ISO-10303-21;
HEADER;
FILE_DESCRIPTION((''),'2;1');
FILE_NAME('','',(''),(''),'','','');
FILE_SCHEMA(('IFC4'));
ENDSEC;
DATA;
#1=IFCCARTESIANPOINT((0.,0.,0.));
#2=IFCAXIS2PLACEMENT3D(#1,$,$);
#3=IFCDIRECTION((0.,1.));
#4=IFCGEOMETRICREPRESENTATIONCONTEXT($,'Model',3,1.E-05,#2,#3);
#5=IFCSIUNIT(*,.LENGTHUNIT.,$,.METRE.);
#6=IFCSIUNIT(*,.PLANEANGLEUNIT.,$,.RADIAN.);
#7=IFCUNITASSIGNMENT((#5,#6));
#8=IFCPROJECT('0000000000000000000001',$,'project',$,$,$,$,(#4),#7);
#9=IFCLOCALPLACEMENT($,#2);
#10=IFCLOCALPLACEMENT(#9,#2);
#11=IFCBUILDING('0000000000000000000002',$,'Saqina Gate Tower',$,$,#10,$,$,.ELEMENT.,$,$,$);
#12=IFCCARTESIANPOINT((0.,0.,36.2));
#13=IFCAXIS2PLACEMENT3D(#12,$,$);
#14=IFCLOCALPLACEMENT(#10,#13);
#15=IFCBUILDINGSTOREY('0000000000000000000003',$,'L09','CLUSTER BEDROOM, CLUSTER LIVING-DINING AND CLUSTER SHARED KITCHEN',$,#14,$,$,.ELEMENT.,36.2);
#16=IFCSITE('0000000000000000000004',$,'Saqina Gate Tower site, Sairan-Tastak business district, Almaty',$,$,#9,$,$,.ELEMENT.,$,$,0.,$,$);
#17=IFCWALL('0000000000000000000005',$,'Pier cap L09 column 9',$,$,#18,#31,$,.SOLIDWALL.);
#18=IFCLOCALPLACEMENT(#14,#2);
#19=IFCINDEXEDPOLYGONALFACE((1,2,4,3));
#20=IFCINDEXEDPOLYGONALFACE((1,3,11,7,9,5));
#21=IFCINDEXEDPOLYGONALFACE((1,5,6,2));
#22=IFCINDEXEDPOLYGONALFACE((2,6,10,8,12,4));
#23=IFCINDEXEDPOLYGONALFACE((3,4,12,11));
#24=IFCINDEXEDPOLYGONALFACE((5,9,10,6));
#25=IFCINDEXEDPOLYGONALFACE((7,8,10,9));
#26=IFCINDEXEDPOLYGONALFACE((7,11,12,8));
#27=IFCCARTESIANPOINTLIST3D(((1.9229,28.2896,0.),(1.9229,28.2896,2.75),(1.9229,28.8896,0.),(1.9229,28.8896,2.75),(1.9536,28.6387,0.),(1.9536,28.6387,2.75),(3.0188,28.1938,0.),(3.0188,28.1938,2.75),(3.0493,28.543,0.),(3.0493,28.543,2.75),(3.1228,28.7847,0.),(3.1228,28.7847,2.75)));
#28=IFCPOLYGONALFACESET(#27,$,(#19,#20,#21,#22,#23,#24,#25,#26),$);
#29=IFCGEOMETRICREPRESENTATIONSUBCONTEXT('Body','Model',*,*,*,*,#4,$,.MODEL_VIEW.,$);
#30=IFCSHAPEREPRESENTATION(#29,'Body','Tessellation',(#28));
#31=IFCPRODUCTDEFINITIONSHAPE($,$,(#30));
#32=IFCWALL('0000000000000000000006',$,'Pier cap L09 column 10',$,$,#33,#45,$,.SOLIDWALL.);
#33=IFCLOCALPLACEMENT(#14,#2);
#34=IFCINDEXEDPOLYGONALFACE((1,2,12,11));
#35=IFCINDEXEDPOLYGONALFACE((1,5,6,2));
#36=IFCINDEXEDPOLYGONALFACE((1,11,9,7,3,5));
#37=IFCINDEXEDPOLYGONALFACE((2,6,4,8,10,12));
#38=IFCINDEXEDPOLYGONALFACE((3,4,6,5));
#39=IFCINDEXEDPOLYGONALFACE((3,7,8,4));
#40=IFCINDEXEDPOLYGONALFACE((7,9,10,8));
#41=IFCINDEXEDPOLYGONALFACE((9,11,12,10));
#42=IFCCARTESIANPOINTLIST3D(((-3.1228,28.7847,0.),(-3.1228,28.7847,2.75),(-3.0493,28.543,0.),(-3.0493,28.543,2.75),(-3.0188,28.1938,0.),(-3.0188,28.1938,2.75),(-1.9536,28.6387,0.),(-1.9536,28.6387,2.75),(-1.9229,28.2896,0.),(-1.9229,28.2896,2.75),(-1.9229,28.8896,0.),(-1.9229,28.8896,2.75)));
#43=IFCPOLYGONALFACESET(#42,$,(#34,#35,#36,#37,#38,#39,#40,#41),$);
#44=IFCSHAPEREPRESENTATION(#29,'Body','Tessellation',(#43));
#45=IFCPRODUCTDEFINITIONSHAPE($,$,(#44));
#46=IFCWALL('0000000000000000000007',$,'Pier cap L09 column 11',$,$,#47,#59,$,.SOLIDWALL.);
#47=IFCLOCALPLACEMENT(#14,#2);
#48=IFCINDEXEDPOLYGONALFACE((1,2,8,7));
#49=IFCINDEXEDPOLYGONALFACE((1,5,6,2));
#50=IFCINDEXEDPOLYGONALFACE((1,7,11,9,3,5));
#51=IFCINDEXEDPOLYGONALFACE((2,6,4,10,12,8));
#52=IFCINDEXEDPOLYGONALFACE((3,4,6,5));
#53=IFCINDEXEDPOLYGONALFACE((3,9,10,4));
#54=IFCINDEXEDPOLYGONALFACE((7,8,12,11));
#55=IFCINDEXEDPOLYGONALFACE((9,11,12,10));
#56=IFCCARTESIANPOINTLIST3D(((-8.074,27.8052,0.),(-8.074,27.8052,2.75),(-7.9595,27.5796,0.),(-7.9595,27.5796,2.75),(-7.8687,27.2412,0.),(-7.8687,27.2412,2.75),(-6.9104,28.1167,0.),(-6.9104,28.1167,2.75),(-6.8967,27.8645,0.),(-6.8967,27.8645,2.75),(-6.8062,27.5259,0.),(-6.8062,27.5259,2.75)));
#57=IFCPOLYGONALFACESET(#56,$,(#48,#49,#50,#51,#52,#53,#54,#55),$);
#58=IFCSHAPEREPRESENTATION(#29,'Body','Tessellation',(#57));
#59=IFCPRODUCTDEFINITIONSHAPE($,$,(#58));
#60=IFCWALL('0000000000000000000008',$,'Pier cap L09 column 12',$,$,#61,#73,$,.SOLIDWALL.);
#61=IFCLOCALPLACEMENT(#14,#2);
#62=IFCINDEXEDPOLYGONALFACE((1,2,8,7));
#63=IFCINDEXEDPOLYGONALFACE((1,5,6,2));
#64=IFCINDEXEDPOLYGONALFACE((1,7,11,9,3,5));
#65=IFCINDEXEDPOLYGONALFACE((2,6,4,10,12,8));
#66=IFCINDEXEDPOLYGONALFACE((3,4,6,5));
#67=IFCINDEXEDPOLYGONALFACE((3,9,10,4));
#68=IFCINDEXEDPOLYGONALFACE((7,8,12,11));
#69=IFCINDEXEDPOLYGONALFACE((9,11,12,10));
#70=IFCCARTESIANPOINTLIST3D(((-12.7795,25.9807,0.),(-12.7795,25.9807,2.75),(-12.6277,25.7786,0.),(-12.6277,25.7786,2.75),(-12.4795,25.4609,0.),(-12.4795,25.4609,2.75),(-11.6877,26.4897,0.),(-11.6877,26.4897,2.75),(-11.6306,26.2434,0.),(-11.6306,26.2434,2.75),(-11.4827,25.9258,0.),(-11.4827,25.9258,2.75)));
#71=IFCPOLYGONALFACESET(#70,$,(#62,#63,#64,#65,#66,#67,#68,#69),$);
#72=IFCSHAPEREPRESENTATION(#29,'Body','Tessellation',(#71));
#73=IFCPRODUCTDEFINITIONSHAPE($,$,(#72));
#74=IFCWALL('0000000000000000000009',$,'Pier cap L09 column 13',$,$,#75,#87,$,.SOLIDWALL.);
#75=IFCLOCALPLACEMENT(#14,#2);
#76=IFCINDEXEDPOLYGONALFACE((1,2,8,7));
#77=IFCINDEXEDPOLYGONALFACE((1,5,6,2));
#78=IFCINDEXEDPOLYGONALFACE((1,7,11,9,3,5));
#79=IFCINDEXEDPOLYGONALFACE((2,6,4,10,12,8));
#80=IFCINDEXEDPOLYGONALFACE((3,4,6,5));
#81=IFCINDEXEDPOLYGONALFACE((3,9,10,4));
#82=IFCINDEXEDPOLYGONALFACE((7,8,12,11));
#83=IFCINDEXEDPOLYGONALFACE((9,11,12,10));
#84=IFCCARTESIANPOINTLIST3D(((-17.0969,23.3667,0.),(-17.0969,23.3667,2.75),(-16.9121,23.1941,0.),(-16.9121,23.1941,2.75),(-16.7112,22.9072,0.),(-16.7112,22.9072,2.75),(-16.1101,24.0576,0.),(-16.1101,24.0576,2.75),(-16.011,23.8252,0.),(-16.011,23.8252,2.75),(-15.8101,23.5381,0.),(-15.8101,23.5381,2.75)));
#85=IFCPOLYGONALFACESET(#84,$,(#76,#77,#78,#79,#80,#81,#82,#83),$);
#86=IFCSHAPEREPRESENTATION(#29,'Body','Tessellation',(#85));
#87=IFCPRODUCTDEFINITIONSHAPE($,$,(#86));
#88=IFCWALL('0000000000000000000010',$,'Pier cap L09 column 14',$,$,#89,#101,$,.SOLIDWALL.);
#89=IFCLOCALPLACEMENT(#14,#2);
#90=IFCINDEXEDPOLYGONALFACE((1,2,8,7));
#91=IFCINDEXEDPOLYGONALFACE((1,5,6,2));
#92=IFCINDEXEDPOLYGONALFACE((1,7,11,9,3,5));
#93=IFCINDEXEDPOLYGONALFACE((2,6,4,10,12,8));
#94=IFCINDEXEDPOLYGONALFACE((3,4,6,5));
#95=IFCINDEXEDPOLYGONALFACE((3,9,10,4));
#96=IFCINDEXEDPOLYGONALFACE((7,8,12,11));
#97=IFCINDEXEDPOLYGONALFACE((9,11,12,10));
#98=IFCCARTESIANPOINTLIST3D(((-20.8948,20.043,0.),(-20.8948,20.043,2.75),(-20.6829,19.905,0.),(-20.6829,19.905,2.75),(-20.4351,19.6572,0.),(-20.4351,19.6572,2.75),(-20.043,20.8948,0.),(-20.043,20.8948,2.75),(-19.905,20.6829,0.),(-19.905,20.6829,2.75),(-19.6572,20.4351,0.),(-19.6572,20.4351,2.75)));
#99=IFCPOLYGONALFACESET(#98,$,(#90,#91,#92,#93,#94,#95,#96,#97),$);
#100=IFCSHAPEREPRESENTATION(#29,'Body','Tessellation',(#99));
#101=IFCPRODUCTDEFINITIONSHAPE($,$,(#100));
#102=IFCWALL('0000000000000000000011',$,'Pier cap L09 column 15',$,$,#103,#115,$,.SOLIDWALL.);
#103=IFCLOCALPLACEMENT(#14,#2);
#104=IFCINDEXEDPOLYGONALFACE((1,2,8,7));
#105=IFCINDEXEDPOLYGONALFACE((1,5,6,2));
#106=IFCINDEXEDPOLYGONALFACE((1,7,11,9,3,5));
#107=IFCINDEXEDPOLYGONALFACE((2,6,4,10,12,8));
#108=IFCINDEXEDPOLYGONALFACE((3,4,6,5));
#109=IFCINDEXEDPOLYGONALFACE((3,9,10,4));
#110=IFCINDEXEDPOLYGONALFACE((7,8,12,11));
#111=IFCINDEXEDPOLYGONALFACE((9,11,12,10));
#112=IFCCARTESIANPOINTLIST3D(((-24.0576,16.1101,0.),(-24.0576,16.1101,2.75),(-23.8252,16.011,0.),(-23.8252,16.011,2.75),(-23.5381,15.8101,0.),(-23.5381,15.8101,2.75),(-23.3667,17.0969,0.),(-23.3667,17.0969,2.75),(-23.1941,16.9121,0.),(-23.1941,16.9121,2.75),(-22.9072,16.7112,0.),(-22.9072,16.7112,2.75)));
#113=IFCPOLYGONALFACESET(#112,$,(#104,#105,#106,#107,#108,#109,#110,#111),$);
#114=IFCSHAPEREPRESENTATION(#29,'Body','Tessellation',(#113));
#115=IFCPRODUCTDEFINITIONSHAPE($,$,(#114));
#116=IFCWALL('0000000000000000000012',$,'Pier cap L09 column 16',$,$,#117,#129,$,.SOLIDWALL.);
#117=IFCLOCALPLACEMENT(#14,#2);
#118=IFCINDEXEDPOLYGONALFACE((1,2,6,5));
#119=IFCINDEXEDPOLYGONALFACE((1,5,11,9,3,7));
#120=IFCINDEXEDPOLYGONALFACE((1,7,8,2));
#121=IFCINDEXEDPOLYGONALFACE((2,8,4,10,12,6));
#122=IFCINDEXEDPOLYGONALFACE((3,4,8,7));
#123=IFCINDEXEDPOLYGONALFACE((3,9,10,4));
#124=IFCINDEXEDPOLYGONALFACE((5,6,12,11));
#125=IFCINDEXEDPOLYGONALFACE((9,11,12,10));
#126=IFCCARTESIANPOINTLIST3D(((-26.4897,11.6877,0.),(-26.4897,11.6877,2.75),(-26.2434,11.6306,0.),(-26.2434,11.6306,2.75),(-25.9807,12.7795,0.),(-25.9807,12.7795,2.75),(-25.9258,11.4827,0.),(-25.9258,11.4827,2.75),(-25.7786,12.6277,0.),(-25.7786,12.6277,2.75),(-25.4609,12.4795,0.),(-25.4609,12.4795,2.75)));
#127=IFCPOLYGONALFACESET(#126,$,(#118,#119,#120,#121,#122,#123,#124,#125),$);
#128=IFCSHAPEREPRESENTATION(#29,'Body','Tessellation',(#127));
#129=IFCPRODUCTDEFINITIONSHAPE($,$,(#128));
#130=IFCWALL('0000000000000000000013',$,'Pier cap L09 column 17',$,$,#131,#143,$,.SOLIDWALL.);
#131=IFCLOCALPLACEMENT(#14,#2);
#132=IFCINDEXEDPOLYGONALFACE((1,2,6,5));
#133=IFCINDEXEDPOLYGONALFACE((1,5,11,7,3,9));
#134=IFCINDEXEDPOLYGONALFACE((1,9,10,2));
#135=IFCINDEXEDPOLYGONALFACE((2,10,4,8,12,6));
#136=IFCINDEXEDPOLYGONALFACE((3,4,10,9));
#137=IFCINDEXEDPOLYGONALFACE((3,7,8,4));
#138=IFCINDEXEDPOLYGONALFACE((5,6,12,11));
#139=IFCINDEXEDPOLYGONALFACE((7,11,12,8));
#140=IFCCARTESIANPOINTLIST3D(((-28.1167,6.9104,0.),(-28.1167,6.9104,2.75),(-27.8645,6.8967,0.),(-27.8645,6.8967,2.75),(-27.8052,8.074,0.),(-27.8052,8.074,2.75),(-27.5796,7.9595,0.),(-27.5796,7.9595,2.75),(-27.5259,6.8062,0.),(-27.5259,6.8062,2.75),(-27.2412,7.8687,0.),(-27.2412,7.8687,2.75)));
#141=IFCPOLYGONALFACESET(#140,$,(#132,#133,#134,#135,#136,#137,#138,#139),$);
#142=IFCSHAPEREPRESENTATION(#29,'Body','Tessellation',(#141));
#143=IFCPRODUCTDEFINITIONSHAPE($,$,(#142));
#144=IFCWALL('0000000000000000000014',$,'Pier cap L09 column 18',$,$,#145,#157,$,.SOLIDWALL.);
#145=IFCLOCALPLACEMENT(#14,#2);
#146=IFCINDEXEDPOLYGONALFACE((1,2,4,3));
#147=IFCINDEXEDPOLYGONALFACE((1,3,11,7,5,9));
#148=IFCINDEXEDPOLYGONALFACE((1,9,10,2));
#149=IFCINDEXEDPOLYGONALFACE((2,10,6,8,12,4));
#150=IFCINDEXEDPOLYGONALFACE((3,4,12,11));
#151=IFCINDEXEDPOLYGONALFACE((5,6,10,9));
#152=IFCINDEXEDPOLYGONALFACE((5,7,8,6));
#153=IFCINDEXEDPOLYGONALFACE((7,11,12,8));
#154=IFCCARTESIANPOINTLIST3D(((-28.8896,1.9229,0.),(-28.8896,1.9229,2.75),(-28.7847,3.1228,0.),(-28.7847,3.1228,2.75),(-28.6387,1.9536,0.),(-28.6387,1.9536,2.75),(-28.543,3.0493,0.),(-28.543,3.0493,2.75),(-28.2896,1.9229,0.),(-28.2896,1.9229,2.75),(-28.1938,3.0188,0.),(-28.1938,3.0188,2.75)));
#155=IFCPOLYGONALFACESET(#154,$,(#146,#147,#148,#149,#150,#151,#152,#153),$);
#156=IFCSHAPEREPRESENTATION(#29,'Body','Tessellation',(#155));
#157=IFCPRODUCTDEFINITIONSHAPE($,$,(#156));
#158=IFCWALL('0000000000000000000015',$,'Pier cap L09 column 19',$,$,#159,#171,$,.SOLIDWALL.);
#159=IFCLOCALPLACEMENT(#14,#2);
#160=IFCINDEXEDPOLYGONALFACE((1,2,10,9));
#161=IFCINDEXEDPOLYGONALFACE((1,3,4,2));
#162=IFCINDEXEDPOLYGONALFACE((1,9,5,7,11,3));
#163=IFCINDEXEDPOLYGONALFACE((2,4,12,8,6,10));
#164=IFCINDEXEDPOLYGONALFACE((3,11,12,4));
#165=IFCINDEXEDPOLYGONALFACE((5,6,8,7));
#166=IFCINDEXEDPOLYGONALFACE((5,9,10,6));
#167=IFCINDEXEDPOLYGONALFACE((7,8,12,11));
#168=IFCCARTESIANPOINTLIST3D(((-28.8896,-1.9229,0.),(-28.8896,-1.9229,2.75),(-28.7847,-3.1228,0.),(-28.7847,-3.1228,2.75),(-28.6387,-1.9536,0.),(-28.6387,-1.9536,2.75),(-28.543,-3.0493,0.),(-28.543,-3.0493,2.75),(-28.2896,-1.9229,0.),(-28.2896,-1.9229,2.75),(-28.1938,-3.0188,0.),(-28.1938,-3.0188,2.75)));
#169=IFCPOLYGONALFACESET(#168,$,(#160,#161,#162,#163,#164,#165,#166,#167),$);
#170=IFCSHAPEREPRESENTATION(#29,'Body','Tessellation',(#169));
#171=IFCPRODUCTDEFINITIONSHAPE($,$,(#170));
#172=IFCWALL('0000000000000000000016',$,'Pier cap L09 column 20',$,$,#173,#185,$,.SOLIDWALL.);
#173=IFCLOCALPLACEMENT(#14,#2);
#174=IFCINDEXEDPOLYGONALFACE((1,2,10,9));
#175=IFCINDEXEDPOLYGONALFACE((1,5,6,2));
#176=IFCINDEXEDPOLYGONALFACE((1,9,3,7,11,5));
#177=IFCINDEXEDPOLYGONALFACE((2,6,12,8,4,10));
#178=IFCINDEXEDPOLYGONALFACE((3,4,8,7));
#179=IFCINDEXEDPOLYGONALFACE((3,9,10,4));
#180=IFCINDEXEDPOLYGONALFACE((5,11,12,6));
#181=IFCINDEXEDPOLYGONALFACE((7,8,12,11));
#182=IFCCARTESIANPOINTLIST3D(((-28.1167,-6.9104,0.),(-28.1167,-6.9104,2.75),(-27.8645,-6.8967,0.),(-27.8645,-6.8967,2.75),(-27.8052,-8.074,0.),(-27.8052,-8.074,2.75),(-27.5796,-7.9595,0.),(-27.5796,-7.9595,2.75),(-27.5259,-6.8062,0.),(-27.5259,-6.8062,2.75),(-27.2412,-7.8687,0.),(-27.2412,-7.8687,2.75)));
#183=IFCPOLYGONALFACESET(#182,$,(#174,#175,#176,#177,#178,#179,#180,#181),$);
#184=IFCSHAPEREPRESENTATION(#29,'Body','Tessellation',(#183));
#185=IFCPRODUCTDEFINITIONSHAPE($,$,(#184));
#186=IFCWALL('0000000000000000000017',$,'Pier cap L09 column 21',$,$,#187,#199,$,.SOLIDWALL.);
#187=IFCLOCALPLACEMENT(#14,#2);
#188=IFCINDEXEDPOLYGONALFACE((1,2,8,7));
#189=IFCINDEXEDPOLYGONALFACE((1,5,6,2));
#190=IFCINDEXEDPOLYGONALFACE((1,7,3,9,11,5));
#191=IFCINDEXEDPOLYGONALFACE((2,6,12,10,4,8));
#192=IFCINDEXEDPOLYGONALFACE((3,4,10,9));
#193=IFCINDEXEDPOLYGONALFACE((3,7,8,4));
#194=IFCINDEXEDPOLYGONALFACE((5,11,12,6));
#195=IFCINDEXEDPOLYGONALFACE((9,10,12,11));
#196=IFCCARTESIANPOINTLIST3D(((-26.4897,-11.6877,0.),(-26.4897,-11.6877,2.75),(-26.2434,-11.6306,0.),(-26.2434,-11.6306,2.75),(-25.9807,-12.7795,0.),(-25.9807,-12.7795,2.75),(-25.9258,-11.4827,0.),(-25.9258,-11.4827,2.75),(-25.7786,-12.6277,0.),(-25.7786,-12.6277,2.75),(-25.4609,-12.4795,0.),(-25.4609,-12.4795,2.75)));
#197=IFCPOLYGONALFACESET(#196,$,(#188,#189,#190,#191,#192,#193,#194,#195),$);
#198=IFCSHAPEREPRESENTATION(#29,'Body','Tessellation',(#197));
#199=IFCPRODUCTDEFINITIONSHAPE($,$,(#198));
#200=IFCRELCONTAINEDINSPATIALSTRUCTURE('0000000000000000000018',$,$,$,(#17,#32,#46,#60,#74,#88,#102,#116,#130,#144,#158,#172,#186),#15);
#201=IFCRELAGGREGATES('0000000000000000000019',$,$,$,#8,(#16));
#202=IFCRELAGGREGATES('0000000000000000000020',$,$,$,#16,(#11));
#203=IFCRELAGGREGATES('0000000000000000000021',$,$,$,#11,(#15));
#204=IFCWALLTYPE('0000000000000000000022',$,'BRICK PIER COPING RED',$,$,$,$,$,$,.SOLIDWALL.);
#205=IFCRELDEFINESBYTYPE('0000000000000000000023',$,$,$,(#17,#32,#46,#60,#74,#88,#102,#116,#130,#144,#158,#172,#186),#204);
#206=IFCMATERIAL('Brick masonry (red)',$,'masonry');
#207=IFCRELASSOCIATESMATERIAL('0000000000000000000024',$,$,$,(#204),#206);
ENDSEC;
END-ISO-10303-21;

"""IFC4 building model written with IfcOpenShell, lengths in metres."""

from ifc_helpers import new_model, si_unit, direction, frame, origin, place, context, subcontext, project, spatial, polyline, outline, extrude, material, type_object, element, save


model = new_model("IFC4")

# Units and contexts
model_context = context("Model", 3, precision=1e-05, world=origin(), true_north=direction((0.0, 1.0)))
body_context = subcontext(model_context, "Body", "Model", "MODEL_VIEW")
ifc_project = project(units=[si_unit("LENGTHUNIT", "METRE"), si_unit("PLANEANGLEUNIT", "RADIAN")], contexts=[model_context])

# Site, building, storey
site_placement = place(None, origin())
site = spatial("IfcSite", under=ifc_project, at=site_placement, Name="Saqina Gate Tower site, Sairan-Tastak business district, Almaty", CompositionType="ELEMENT", RefElevation=0.0)
building_placement = place(site_placement, origin())
building = spatial("IfcBuilding", under=site, at=building_placement, Name="Saqina Gate Tower", CompositionType="ELEMENT")
storey_placement = place(building_placement, frame((0.0, 0.0, 36.2)))
storey = spatial("IfcBuildingStorey", under=building, at=storey_placement, Name="L09", Description="CLUSTER BEDROOM, CLUSTER LIVING-DINING AND CLUSTER SHARED KITCHEN", CompositionType="ELEMENT", Elevation=36.2)

# Walls
ifc_material = material(Name="Brick masonry (red)", Category="masonry")
wall_type = type_object("IfcWallType", Name="BRICK PIER COPING RED", PredefinedType="SOLIDWALL", material=ifc_material)
wall_1_placement = place(storey_placement, origin())
element("IfcWall", 1, at=wall_1_placement, inside=storey, type_object=wall_type, Name="Pier cap L09 column 9", PredefinedType="SOLIDWALL", context=body_context, shape_type="SweptSolid", body=[
    extrude(outline(polyline([(3.1228, 28.7847), (1.9229, 28.8896), (1.9229, 28.2896), (1.9536, 28.6387), (3.0493, 28.543), (3.0188, 28.1938), (3.1228, 28.7847)])), origin(), (0.0, 0.0, 1.0), 2.75),
])
wall_2_placement = place(storey_placement, origin())
element("IfcWall", 2, at=wall_2_placement, inside=storey, type_object=wall_type, Name="Pier cap L09 column 10", PredefinedType="SOLIDWALL", context=body_context, shape_type="SweptSolid", body=[
    extrude(outline(polyline([(-1.9229, 28.8896), (-3.1228, 28.7847), (-3.0188, 28.1938), (-3.0493, 28.543), (-1.9536, 28.6387), (-1.9229, 28.2896), (-1.9229, 28.8896)])), origin(), (0.0, 0.0, 1.0), 2.75),
])
wall_3_placement = place(storey_placement, origin())
element("IfcWall", 3, at=wall_3_placement, inside=storey, type_object=wall_type, Name="Pier cap L09 column 11", PredefinedType="SOLIDWALL", context=body_context, shape_type="SweptSolid", body=[
    extrude(outline(polyline([(-6.9104, 28.1167), (-8.074, 27.8052), (-7.8687, 27.2412), (-7.9595, 27.5796), (-6.8967, 27.8645), (-6.8062, 27.5259), (-6.9104, 28.1167)])), origin(), (0.0, 0.0, 1.0), 2.75),
])
wall_4_placement = place(storey_placement, origin())
element("IfcWall", 4, at=wall_4_placement, inside=storey, type_object=wall_type, Name="Pier cap L09 column 12", PredefinedType="SOLIDWALL", context=body_context, shape_type="SweptSolid", body=[
    extrude(outline(polyline([(-12.7795, 25.9807), (-12.4795, 25.4609), (-12.6277, 25.7786), (-11.6306, 26.2434), (-11.4827, 25.9258), (-11.6877, 26.4897), (-12.7795, 25.9807)])), origin(), (0.0, 0.0, 1.0), 2.75),
])
wall_5_placement = place(storey_placement, origin())
element("IfcWall", 5, at=wall_5_placement, inside=storey, type_object=wall_type, Name="Pier cap L09 column 13", PredefinedType="SOLIDWALL", context=body_context, shape_type="SweptSolid", body=[
    extrude(outline(polyline([(-16.1101, 24.0576), (-17.0969, 23.3667), (-16.7112, 22.9072), (-16.9121, 23.1941), (-16.011, 23.8252), (-15.8101, 23.5381), (-16.1101, 24.0576)])), origin(), (0.0, 0.0, 1.0), 2.75),
])
wall_6_placement = place(storey_placement, origin())
element("IfcWall", 6, at=wall_6_placement, inside=storey, type_object=wall_type, Name="Pier cap L09 column 14", PredefinedType="SOLIDWALL", context=body_context, shape_type="SweptSolid", body=[
    extrude(outline(polyline([(-20.8948, 20.043), (-20.4351, 19.6572), (-20.6829, 19.905), (-19.905, 20.6829), (-19.6572, 20.4351), (-20.043, 20.8948), (-20.8948, 20.043)])), origin(), (0.0, 0.0, 1.0), 2.75),
])
wall_7_placement = place(storey_placement, origin())
element("IfcWall", 7, at=wall_7_placement, inside=storey, type_object=wall_type, Name="Pier cap L09 column 15", PredefinedType="SOLIDWALL", context=body_context, shape_type="SweptSolid", body=[
    extrude(outline(polyline([(-23.3667, 17.0969), (-24.0576, 16.1101), (-23.5381, 15.8101), (-23.8252, 16.011), (-23.1941, 16.9121), (-22.9072, 16.7112), (-23.3667, 17.0969)])), origin(), (0.0, 0.0, 1.0), 2.75),
])
wall_8_placement = place(storey_placement, origin())
element("IfcWall", 8, at=wall_8_placement, inside=storey, type_object=wall_type, Name="Pier cap L09 column 16", PredefinedType="SOLIDWALL", context=body_context, shape_type="SweptSolid", body=[
    extrude(outline(polyline([(-26.4897, 11.6877), (-25.9258, 11.4827), (-26.2434, 11.6306), (-25.7786, 12.6277), (-25.4609, 12.4795), (-25.9807, 12.7795), (-26.4897, 11.6877)])), origin(), (0.0, 0.0, 1.0), 2.75),
])
wall_9_placement = place(storey_placement, origin())
element("IfcWall", 9, at=wall_9_placement, inside=storey, type_object=wall_type, Name="Pier cap L09 column 17", PredefinedType="SOLIDWALL", context=body_context, shape_type="SweptSolid", body=[
    extrude(outline(polyline([(-28.1167, 6.9104), (-27.5259, 6.8062), (-27.8645, 6.8967), (-27.5796, 7.9595), (-27.2412, 7.8687), (-27.8052, 8.074), (-28.1167, 6.9104)])), origin(), (0.0, 0.0, 1.0), 2.75),
])
wall_10_placement = place(storey_placement, origin())
element("IfcWall", 10, at=wall_10_placement, inside=storey, type_object=wall_type, Name="Pier cap L09 column 18", PredefinedType="SOLIDWALL", context=body_context, shape_type="SweptSolid", body=[
    extrude(outline(polyline([(-28.7847, 3.1228), (-28.8896, 1.9229), (-28.2896, 1.9229), (-28.6387, 1.9536), (-28.543, 3.0493), (-28.1938, 3.0188), (-28.7847, 3.1228)])), origin(), (0.0, 0.0, 1.0), 2.75),
])
wall_11_placement = place(storey_placement, origin())
element("IfcWall", 11, at=wall_11_placement, inside=storey, type_object=wall_type, Name="Pier cap L09 column 19", PredefinedType="SOLIDWALL", context=body_context, shape_type="SweptSolid", body=[
    extrude(outline(polyline([(-28.8896, -1.9229), (-28.7847, -3.1228), (-28.1938, -3.0188), (-28.543, -3.0493), (-28.6387, -1.9536), (-28.2896, -1.9229), (-28.8896, -1.9229)])), origin(), (0.0, 0.0, 1.0), 2.75),
])
wall_12_placement = place(storey_placement, origin())
element("IfcWall", 12, at=wall_12_placement, inside=storey, type_object=wall_type, Name="Pier cap L09 column 20", PredefinedType="SOLIDWALL", context=body_context, shape_type="SweptSolid", body=[
    extrude(outline(polyline([(-28.1167, -6.9104), (-27.8052, -8.074), (-27.2412, -7.8687), (-27.5796, -7.9595), (-27.8645, -6.8967), (-27.5259, -6.8062), (-28.1167, -6.9104)])), origin(), (0.0, 0.0, 1.0), 2.75),
])
wall_13_placement = place(storey_placement, origin())
element("IfcWall", 13, at=wall_13_placement, inside=storey, type_object=wall_type, Name="Pier cap L09 column 21", PredefinedType="SOLIDWALL", context=body_context, shape_type="SweptSolid", body=[
    extrude(outline(polyline([(-25.9807, -12.7795), (-25.4609, -12.4795), (-25.7786, -12.6277), (-26.2434, -11.6306), (-25.9258, -11.4827), (-26.4897, -11.6877), (-25.9807, -12.7795)])), origin(), (0.0, 0.0, 1.0), 2.75),
])

save(model, "model.ifc")
